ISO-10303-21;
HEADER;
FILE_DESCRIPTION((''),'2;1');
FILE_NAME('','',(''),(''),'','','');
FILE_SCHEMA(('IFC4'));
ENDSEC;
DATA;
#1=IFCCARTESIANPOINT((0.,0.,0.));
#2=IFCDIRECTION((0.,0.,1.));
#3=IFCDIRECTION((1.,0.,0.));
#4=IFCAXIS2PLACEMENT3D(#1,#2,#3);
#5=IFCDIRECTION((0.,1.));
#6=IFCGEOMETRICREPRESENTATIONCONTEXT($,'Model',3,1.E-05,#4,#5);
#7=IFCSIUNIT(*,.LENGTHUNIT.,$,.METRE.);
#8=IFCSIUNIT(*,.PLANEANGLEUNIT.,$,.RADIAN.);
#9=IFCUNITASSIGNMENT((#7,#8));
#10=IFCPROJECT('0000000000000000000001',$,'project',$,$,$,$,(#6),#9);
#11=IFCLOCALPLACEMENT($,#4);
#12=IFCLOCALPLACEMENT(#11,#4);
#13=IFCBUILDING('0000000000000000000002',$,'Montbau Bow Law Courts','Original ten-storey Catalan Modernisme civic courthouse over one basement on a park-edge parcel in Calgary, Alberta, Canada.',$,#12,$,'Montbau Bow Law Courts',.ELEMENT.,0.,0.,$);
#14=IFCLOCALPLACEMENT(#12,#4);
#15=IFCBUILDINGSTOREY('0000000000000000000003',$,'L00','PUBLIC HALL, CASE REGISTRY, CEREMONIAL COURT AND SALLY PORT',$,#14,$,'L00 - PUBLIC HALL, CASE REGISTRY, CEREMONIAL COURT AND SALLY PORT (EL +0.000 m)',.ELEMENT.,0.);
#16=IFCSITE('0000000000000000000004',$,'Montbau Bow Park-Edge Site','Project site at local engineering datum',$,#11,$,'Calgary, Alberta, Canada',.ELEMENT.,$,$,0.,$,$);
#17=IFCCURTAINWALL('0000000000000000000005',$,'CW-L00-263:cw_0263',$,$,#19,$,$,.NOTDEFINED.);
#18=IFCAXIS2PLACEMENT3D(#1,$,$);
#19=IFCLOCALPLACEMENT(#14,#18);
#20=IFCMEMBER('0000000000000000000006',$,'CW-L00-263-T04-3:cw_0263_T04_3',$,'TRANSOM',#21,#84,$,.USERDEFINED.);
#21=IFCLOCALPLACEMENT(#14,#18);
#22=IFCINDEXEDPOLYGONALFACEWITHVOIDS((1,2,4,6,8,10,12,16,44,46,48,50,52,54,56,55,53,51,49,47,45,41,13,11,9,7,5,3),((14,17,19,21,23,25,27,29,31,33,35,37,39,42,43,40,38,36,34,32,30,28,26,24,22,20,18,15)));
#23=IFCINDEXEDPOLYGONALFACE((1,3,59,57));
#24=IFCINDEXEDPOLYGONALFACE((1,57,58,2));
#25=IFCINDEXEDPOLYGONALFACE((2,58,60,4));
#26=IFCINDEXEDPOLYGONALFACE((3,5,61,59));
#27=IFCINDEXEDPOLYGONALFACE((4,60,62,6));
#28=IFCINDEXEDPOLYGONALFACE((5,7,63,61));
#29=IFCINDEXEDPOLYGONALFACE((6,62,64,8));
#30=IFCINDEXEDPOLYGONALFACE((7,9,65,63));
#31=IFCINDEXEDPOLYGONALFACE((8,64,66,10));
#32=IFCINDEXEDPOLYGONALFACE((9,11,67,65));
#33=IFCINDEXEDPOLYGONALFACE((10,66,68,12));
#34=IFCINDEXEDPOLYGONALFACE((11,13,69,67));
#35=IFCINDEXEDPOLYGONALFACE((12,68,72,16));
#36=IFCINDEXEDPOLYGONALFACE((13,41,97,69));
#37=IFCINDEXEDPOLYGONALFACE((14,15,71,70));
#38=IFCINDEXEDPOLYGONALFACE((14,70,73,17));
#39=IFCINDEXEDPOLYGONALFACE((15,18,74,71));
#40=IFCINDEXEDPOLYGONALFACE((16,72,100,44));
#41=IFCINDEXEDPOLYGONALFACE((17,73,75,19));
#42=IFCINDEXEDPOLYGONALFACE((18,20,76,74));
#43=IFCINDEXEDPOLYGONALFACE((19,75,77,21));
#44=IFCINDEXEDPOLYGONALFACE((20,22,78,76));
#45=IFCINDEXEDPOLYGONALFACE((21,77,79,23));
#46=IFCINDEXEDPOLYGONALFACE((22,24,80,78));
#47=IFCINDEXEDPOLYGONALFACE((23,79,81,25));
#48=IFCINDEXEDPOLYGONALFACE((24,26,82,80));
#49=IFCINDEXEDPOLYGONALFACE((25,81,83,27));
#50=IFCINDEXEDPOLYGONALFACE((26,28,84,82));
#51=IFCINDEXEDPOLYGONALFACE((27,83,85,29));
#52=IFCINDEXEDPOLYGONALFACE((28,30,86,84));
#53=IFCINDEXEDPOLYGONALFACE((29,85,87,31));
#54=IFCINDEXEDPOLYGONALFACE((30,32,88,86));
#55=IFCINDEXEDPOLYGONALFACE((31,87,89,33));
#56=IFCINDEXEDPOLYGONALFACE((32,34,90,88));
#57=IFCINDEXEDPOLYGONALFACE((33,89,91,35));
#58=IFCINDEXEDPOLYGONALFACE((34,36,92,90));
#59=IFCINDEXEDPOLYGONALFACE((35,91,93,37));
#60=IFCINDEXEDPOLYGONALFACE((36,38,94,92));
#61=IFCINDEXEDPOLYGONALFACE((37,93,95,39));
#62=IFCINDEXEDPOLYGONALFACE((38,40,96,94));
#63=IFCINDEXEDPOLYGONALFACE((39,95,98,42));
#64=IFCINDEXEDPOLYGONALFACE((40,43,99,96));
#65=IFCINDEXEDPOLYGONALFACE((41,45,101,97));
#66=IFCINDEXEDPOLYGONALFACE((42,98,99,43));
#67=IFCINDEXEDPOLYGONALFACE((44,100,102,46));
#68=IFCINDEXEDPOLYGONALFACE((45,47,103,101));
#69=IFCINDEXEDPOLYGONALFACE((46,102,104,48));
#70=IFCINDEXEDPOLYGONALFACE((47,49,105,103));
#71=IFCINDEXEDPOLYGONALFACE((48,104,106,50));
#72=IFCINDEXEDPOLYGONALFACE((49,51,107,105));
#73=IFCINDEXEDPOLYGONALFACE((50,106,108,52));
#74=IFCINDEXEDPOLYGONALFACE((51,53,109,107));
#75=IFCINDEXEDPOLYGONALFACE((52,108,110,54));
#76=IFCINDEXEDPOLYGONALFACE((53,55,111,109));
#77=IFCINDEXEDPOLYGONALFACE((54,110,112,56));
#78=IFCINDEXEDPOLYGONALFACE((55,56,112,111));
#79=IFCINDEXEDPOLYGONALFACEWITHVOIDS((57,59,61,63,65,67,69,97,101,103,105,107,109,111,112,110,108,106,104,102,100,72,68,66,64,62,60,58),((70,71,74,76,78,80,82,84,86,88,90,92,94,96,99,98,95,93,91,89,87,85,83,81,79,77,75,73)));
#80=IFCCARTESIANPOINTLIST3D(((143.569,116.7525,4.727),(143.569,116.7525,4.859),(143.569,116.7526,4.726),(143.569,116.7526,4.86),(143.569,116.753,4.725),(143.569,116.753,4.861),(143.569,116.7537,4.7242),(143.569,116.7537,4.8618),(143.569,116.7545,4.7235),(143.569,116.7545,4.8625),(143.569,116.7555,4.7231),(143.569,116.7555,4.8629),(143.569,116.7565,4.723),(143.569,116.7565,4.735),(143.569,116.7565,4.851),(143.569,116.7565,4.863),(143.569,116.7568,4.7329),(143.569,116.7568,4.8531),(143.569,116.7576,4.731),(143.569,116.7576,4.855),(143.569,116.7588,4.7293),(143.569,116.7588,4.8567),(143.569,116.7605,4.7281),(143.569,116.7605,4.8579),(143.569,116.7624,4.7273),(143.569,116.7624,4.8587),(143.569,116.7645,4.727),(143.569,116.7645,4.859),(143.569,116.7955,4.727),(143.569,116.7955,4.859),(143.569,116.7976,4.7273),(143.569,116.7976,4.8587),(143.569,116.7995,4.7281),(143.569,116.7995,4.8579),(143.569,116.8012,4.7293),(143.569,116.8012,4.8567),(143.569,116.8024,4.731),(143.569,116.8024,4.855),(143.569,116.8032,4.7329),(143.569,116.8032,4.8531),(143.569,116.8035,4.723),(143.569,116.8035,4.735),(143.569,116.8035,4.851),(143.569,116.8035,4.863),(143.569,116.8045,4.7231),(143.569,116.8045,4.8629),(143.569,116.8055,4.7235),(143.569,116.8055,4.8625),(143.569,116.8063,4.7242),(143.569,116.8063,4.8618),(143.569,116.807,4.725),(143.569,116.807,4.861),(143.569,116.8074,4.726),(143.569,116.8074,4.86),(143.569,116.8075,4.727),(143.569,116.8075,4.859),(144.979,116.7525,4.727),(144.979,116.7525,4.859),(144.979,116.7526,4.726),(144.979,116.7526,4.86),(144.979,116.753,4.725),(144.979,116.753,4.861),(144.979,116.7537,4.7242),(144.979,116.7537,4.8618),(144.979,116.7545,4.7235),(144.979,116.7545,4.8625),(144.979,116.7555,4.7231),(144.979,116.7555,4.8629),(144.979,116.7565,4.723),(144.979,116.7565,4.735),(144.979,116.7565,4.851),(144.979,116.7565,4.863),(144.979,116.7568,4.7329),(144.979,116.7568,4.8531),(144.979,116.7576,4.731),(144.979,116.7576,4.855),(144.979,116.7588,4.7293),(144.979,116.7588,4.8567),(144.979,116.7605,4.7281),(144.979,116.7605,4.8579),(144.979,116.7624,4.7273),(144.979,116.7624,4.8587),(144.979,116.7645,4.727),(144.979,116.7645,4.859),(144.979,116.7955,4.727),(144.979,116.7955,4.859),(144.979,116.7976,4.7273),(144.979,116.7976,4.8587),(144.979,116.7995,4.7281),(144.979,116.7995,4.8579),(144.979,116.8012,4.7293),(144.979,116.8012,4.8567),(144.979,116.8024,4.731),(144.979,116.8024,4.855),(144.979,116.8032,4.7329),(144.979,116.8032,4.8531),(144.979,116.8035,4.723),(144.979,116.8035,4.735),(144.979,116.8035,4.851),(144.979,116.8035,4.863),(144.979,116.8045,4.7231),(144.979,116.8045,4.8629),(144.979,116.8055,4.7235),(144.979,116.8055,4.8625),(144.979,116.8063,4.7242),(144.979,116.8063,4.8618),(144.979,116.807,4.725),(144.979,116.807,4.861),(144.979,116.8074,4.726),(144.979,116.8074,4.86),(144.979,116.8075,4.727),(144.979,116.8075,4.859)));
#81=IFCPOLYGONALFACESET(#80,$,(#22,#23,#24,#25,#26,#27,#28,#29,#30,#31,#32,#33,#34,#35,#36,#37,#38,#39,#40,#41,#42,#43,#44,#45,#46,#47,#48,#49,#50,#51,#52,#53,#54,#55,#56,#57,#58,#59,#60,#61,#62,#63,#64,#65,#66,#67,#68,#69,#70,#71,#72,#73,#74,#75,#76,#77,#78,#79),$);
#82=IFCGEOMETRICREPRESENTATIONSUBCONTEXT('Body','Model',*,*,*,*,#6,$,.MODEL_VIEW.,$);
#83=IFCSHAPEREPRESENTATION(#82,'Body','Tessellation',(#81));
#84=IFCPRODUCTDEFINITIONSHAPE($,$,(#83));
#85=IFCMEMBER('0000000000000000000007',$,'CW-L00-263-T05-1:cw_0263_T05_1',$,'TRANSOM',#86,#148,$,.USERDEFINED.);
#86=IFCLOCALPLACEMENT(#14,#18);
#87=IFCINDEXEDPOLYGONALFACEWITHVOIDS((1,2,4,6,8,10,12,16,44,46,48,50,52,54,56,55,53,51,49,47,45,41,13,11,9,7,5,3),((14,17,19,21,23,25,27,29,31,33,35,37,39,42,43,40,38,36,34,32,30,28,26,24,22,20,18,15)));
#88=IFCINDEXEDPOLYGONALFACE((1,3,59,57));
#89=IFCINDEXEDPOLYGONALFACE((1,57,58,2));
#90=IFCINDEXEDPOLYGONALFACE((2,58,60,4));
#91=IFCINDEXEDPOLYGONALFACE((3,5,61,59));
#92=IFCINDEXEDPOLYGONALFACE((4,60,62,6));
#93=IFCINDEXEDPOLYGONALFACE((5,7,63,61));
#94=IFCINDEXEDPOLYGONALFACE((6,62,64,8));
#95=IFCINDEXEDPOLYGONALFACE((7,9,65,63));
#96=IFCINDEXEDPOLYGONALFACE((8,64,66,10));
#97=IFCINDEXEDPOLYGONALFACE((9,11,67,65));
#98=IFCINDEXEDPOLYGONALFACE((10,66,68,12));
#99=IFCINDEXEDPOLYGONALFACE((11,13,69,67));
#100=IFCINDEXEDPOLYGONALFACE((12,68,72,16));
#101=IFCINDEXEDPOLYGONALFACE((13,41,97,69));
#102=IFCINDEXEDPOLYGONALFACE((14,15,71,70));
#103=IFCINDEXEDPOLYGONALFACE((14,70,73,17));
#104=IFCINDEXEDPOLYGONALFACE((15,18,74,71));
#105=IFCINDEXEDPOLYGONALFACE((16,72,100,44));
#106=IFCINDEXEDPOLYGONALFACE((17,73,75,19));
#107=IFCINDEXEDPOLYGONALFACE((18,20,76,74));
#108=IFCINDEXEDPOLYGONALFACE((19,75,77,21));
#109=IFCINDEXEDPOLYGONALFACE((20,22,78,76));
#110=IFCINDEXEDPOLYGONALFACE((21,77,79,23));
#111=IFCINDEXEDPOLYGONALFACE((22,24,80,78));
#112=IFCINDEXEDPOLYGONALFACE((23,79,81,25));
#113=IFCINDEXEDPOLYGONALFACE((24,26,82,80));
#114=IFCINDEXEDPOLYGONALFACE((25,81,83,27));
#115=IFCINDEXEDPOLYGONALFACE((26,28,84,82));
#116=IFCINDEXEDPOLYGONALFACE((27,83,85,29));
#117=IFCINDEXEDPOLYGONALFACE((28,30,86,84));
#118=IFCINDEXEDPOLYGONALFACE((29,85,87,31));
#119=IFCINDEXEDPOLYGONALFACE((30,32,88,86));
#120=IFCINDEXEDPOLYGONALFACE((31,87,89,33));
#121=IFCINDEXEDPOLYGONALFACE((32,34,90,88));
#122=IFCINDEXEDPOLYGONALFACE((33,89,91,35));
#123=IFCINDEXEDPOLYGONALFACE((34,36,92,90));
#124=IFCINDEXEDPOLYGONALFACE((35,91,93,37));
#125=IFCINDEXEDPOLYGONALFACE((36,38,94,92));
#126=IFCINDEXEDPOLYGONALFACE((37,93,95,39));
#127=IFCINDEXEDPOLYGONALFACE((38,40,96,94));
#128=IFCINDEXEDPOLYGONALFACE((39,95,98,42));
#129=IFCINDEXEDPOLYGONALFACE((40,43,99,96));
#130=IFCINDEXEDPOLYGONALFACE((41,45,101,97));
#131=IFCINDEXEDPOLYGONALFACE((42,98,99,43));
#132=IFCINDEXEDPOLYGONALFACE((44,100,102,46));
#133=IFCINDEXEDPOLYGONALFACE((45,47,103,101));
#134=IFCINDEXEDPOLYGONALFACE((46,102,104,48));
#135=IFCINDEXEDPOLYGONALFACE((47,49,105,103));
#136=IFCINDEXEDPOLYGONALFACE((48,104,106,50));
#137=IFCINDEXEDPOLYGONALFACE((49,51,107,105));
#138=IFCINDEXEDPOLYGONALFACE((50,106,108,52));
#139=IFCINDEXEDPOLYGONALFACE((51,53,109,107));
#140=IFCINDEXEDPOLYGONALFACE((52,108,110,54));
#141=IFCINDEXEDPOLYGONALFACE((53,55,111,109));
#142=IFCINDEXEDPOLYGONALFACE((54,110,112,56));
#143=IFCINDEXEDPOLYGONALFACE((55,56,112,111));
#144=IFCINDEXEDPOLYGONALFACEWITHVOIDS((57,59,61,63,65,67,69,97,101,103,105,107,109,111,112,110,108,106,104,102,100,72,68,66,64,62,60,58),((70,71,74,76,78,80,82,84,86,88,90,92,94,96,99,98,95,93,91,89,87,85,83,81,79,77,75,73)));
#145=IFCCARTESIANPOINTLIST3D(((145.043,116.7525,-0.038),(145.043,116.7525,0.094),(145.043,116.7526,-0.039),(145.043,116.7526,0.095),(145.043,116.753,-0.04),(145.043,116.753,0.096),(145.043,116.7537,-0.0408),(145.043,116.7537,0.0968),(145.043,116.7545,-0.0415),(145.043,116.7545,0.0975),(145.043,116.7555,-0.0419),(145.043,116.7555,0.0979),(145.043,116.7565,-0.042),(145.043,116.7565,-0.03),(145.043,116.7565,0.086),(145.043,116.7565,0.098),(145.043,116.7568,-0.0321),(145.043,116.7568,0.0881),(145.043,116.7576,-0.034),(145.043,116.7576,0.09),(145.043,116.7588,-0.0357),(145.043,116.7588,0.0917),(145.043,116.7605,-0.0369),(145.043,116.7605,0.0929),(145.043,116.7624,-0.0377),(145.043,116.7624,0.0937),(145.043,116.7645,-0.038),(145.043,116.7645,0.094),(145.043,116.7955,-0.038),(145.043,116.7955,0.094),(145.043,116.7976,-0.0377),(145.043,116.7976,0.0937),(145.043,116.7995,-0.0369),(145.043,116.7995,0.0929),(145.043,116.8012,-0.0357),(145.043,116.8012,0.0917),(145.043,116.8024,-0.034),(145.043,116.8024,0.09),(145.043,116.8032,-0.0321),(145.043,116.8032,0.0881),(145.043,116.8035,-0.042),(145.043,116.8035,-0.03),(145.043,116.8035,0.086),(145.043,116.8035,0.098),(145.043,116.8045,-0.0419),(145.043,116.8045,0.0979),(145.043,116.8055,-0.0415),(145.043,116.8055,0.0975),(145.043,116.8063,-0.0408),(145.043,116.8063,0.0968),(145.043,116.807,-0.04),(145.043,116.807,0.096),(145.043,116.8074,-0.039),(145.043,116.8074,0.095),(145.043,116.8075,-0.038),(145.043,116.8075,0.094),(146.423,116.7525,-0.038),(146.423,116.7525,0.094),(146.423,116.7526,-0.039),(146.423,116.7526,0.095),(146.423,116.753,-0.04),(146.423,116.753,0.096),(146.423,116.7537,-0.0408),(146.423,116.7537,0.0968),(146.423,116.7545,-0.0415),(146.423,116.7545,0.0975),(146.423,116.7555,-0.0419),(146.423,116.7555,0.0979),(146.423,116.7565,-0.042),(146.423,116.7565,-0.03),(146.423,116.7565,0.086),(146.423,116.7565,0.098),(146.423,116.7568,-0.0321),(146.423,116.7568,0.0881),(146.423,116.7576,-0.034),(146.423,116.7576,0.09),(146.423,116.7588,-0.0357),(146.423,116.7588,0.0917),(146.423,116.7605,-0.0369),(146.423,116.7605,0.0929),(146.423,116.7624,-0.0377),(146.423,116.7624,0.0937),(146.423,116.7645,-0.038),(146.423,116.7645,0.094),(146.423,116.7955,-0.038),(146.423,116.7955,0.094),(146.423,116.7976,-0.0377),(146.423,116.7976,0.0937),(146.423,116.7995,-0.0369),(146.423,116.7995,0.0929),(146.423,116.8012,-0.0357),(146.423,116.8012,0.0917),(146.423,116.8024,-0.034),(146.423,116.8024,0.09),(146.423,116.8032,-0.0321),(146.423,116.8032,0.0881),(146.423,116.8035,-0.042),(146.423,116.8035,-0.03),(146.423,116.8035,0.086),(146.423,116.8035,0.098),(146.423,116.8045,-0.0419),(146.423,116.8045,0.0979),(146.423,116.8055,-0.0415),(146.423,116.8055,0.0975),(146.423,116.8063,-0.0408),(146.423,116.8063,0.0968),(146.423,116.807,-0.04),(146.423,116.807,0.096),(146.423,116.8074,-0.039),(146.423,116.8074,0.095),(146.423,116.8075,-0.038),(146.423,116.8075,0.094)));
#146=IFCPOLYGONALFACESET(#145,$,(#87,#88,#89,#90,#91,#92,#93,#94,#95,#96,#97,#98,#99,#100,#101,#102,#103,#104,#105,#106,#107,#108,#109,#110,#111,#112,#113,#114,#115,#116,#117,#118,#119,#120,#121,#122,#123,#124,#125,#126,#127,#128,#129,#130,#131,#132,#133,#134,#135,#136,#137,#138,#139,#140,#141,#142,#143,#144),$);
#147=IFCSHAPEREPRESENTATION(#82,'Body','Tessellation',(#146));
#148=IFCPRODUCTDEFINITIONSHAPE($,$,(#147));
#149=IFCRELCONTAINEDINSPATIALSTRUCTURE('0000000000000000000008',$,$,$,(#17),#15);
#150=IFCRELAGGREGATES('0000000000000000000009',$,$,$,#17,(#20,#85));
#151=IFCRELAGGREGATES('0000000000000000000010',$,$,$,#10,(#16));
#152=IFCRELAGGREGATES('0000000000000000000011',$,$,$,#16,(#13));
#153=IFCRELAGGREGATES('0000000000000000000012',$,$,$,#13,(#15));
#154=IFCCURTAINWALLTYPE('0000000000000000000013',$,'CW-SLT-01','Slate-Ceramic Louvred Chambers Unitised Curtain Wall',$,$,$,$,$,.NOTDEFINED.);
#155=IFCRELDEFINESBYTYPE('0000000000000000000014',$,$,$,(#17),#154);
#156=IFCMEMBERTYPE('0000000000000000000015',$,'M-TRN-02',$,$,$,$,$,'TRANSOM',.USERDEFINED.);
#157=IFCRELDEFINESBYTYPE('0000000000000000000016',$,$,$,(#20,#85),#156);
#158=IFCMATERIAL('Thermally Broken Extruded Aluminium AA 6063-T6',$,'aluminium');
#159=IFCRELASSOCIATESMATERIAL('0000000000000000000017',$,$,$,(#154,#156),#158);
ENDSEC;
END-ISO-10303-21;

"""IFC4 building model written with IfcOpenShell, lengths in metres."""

from ifc_helpers import new_model, si_unit, direction, frame, origin_with_axes, origin_2d_with_axis, place, context, subcontext, project, spatial, hollow_rectangle, extrude, material, material_profile, profile_set, type_object, element, aggregate, save


model = new_model("IFC4")

# Units and contexts
model_context = context("Model", 3, precision=1e-05, world=origin_with_axes(), true_north=direction((0.0, 1.0)))
body_context = subcontext(model_context, "Body", "Model", "MODEL_VIEW")
ifc_project = project(units=[si_unit("LENGTHUNIT", "METRE"), si_unit("PLANEANGLEUNIT", "RADIAN")], contexts=[model_context])

# Site, building, storey
site_placement = place(None, origin_with_axes())
site = spatial("IfcSite", under=ifc_project, at=site_placement, Name="Montbau Bow Park-Edge Site", Description="Project site at local engineering datum", LongName="Calgary, Alberta, Canada", CompositionType="ELEMENT", RefElevation=0.0)
building_placement = place(site_placement, origin_with_axes())
building = spatial("IfcBuilding", under=site, at=building_placement, Name="Montbau Bow Law Courts", Description="Original ten-storey Catalan Modernisme civic courthouse over one basement on a park-edge parcel in Calgary, Alberta, Canada.", LongName="Montbau Bow Law Courts", CompositionType="ELEMENT", ElevationOfRefHeight=0.0, ElevationOfTerrain=0.0)
storey_placement = place(building_placement, origin_with_axes())
storey = spatial("IfcBuildingStorey", under=building, at=storey_placement, Name="L00", Description="PUBLIC HALL, CASE REGISTRY, CEREMONIAL COURT AND SALLY PORT", LongName="L00 - PUBLIC HALL, CASE REGISTRY, CEREMONIAL COURT AND SALLY PORT (EL +0.000 m)", CompositionType="ELEMENT", Elevation=0.0)

# Curtain wall, members
ifc_material_1 = material(Name="Thermally Broken Extruded Aluminium AA 6063-T6", Category="aluminium")
curtain_wall_type = type_object("IfcCurtainWallType", Name="CW-SLT-01", Description="Slate-Ceramic Louvred Chambers Unitised Curtain Wall", PredefinedType="NOTDEFINED", material=ifc_material_1)
curtain_wall_placement = place(None, frame((139.115, 116.78, 0.0), z_axis=(0.0, 0.0, 1.0), x_axis=(1.0, 0.0, 0.0)))
curtain_wall = element("IfcCurtainWall", 1, at=curtain_wall_placement, inside=storey, type_object=curtain_wall_type, Name="CW-L00-263:cw_0263", PredefinedType="NOTDEFINED")
ifc_material_profile_1 = material_profile(ifc_material_1, hollow_rectangle(XDim=0.055, YDim=0.14, WallThickness=0.004, InnerFilletRadius=0.008, OuterFilletRadius=0.004, at=origin_2d_with_axis()), Name="CWT-140X55", Category="Main", Priority=0)
ifc_profile_set_1 = profile_set([ifc_material_profile_1], Name="Thermally Broken Extruded Aluminium AA 6063-T6")
member_type_1 = type_object("IfcMemberType", Name="M-TRN-02", ElementType="TRANSOM", PredefinedType="USERDEFINED", material=ifc_profile_set_1)
member_1_placement = place(None, frame((143.569, 116.78, 4.793), z_axis=(1.0, 0.0, 0.0), x_axis=(0.0, 1.0, 0.0)))
member_1 = element("IfcMember", 2, at=member_1_placement, type_object=member_type_1, Name="CW-L00-263-T04-3:cw_0263_T04_3", ObjectType="TRANSOM", PredefinedType="USERDEFINED", context=body_context, shape_type="SweptSolid", body=[
    extrude(hollow_rectangle(XDim=0.055, YDim=0.14, WallThickness=0.004, InnerFilletRadius=0.008, OuterFilletRadius=0.004, at=origin_2d_with_axis()), origin_with_axes(), (0.0, 0.0, 1.0), 1.41),
])
member_2_placement = place(None, frame((145.043, 116.78, 0.028), z_axis=(1.0, 0.0, 0.0), x_axis=(0.0, 1.0, 0.0)))
member_2 = element("IfcMember", 3, at=member_2_placement, type_object=member_type_1, Name="CW-L00-263-T05-1:cw_0263_T05_1", ObjectType="TRANSOM", PredefinedType="USERDEFINED", context=body_context, shape_type="SweptSolid", body=[
    extrude(hollow_rectangle(XDim=0.055, YDim=0.14, WallThickness=0.004, InnerFilletRadius=0.008, OuterFilletRadius=0.004, at=origin_2d_with_axis()), origin_with_axes(), (0.0, 0.0, 1.0), 1.38),
])
aggregate(curtain_wall, [member_1, member_2])

save(model, "model.ifc")
